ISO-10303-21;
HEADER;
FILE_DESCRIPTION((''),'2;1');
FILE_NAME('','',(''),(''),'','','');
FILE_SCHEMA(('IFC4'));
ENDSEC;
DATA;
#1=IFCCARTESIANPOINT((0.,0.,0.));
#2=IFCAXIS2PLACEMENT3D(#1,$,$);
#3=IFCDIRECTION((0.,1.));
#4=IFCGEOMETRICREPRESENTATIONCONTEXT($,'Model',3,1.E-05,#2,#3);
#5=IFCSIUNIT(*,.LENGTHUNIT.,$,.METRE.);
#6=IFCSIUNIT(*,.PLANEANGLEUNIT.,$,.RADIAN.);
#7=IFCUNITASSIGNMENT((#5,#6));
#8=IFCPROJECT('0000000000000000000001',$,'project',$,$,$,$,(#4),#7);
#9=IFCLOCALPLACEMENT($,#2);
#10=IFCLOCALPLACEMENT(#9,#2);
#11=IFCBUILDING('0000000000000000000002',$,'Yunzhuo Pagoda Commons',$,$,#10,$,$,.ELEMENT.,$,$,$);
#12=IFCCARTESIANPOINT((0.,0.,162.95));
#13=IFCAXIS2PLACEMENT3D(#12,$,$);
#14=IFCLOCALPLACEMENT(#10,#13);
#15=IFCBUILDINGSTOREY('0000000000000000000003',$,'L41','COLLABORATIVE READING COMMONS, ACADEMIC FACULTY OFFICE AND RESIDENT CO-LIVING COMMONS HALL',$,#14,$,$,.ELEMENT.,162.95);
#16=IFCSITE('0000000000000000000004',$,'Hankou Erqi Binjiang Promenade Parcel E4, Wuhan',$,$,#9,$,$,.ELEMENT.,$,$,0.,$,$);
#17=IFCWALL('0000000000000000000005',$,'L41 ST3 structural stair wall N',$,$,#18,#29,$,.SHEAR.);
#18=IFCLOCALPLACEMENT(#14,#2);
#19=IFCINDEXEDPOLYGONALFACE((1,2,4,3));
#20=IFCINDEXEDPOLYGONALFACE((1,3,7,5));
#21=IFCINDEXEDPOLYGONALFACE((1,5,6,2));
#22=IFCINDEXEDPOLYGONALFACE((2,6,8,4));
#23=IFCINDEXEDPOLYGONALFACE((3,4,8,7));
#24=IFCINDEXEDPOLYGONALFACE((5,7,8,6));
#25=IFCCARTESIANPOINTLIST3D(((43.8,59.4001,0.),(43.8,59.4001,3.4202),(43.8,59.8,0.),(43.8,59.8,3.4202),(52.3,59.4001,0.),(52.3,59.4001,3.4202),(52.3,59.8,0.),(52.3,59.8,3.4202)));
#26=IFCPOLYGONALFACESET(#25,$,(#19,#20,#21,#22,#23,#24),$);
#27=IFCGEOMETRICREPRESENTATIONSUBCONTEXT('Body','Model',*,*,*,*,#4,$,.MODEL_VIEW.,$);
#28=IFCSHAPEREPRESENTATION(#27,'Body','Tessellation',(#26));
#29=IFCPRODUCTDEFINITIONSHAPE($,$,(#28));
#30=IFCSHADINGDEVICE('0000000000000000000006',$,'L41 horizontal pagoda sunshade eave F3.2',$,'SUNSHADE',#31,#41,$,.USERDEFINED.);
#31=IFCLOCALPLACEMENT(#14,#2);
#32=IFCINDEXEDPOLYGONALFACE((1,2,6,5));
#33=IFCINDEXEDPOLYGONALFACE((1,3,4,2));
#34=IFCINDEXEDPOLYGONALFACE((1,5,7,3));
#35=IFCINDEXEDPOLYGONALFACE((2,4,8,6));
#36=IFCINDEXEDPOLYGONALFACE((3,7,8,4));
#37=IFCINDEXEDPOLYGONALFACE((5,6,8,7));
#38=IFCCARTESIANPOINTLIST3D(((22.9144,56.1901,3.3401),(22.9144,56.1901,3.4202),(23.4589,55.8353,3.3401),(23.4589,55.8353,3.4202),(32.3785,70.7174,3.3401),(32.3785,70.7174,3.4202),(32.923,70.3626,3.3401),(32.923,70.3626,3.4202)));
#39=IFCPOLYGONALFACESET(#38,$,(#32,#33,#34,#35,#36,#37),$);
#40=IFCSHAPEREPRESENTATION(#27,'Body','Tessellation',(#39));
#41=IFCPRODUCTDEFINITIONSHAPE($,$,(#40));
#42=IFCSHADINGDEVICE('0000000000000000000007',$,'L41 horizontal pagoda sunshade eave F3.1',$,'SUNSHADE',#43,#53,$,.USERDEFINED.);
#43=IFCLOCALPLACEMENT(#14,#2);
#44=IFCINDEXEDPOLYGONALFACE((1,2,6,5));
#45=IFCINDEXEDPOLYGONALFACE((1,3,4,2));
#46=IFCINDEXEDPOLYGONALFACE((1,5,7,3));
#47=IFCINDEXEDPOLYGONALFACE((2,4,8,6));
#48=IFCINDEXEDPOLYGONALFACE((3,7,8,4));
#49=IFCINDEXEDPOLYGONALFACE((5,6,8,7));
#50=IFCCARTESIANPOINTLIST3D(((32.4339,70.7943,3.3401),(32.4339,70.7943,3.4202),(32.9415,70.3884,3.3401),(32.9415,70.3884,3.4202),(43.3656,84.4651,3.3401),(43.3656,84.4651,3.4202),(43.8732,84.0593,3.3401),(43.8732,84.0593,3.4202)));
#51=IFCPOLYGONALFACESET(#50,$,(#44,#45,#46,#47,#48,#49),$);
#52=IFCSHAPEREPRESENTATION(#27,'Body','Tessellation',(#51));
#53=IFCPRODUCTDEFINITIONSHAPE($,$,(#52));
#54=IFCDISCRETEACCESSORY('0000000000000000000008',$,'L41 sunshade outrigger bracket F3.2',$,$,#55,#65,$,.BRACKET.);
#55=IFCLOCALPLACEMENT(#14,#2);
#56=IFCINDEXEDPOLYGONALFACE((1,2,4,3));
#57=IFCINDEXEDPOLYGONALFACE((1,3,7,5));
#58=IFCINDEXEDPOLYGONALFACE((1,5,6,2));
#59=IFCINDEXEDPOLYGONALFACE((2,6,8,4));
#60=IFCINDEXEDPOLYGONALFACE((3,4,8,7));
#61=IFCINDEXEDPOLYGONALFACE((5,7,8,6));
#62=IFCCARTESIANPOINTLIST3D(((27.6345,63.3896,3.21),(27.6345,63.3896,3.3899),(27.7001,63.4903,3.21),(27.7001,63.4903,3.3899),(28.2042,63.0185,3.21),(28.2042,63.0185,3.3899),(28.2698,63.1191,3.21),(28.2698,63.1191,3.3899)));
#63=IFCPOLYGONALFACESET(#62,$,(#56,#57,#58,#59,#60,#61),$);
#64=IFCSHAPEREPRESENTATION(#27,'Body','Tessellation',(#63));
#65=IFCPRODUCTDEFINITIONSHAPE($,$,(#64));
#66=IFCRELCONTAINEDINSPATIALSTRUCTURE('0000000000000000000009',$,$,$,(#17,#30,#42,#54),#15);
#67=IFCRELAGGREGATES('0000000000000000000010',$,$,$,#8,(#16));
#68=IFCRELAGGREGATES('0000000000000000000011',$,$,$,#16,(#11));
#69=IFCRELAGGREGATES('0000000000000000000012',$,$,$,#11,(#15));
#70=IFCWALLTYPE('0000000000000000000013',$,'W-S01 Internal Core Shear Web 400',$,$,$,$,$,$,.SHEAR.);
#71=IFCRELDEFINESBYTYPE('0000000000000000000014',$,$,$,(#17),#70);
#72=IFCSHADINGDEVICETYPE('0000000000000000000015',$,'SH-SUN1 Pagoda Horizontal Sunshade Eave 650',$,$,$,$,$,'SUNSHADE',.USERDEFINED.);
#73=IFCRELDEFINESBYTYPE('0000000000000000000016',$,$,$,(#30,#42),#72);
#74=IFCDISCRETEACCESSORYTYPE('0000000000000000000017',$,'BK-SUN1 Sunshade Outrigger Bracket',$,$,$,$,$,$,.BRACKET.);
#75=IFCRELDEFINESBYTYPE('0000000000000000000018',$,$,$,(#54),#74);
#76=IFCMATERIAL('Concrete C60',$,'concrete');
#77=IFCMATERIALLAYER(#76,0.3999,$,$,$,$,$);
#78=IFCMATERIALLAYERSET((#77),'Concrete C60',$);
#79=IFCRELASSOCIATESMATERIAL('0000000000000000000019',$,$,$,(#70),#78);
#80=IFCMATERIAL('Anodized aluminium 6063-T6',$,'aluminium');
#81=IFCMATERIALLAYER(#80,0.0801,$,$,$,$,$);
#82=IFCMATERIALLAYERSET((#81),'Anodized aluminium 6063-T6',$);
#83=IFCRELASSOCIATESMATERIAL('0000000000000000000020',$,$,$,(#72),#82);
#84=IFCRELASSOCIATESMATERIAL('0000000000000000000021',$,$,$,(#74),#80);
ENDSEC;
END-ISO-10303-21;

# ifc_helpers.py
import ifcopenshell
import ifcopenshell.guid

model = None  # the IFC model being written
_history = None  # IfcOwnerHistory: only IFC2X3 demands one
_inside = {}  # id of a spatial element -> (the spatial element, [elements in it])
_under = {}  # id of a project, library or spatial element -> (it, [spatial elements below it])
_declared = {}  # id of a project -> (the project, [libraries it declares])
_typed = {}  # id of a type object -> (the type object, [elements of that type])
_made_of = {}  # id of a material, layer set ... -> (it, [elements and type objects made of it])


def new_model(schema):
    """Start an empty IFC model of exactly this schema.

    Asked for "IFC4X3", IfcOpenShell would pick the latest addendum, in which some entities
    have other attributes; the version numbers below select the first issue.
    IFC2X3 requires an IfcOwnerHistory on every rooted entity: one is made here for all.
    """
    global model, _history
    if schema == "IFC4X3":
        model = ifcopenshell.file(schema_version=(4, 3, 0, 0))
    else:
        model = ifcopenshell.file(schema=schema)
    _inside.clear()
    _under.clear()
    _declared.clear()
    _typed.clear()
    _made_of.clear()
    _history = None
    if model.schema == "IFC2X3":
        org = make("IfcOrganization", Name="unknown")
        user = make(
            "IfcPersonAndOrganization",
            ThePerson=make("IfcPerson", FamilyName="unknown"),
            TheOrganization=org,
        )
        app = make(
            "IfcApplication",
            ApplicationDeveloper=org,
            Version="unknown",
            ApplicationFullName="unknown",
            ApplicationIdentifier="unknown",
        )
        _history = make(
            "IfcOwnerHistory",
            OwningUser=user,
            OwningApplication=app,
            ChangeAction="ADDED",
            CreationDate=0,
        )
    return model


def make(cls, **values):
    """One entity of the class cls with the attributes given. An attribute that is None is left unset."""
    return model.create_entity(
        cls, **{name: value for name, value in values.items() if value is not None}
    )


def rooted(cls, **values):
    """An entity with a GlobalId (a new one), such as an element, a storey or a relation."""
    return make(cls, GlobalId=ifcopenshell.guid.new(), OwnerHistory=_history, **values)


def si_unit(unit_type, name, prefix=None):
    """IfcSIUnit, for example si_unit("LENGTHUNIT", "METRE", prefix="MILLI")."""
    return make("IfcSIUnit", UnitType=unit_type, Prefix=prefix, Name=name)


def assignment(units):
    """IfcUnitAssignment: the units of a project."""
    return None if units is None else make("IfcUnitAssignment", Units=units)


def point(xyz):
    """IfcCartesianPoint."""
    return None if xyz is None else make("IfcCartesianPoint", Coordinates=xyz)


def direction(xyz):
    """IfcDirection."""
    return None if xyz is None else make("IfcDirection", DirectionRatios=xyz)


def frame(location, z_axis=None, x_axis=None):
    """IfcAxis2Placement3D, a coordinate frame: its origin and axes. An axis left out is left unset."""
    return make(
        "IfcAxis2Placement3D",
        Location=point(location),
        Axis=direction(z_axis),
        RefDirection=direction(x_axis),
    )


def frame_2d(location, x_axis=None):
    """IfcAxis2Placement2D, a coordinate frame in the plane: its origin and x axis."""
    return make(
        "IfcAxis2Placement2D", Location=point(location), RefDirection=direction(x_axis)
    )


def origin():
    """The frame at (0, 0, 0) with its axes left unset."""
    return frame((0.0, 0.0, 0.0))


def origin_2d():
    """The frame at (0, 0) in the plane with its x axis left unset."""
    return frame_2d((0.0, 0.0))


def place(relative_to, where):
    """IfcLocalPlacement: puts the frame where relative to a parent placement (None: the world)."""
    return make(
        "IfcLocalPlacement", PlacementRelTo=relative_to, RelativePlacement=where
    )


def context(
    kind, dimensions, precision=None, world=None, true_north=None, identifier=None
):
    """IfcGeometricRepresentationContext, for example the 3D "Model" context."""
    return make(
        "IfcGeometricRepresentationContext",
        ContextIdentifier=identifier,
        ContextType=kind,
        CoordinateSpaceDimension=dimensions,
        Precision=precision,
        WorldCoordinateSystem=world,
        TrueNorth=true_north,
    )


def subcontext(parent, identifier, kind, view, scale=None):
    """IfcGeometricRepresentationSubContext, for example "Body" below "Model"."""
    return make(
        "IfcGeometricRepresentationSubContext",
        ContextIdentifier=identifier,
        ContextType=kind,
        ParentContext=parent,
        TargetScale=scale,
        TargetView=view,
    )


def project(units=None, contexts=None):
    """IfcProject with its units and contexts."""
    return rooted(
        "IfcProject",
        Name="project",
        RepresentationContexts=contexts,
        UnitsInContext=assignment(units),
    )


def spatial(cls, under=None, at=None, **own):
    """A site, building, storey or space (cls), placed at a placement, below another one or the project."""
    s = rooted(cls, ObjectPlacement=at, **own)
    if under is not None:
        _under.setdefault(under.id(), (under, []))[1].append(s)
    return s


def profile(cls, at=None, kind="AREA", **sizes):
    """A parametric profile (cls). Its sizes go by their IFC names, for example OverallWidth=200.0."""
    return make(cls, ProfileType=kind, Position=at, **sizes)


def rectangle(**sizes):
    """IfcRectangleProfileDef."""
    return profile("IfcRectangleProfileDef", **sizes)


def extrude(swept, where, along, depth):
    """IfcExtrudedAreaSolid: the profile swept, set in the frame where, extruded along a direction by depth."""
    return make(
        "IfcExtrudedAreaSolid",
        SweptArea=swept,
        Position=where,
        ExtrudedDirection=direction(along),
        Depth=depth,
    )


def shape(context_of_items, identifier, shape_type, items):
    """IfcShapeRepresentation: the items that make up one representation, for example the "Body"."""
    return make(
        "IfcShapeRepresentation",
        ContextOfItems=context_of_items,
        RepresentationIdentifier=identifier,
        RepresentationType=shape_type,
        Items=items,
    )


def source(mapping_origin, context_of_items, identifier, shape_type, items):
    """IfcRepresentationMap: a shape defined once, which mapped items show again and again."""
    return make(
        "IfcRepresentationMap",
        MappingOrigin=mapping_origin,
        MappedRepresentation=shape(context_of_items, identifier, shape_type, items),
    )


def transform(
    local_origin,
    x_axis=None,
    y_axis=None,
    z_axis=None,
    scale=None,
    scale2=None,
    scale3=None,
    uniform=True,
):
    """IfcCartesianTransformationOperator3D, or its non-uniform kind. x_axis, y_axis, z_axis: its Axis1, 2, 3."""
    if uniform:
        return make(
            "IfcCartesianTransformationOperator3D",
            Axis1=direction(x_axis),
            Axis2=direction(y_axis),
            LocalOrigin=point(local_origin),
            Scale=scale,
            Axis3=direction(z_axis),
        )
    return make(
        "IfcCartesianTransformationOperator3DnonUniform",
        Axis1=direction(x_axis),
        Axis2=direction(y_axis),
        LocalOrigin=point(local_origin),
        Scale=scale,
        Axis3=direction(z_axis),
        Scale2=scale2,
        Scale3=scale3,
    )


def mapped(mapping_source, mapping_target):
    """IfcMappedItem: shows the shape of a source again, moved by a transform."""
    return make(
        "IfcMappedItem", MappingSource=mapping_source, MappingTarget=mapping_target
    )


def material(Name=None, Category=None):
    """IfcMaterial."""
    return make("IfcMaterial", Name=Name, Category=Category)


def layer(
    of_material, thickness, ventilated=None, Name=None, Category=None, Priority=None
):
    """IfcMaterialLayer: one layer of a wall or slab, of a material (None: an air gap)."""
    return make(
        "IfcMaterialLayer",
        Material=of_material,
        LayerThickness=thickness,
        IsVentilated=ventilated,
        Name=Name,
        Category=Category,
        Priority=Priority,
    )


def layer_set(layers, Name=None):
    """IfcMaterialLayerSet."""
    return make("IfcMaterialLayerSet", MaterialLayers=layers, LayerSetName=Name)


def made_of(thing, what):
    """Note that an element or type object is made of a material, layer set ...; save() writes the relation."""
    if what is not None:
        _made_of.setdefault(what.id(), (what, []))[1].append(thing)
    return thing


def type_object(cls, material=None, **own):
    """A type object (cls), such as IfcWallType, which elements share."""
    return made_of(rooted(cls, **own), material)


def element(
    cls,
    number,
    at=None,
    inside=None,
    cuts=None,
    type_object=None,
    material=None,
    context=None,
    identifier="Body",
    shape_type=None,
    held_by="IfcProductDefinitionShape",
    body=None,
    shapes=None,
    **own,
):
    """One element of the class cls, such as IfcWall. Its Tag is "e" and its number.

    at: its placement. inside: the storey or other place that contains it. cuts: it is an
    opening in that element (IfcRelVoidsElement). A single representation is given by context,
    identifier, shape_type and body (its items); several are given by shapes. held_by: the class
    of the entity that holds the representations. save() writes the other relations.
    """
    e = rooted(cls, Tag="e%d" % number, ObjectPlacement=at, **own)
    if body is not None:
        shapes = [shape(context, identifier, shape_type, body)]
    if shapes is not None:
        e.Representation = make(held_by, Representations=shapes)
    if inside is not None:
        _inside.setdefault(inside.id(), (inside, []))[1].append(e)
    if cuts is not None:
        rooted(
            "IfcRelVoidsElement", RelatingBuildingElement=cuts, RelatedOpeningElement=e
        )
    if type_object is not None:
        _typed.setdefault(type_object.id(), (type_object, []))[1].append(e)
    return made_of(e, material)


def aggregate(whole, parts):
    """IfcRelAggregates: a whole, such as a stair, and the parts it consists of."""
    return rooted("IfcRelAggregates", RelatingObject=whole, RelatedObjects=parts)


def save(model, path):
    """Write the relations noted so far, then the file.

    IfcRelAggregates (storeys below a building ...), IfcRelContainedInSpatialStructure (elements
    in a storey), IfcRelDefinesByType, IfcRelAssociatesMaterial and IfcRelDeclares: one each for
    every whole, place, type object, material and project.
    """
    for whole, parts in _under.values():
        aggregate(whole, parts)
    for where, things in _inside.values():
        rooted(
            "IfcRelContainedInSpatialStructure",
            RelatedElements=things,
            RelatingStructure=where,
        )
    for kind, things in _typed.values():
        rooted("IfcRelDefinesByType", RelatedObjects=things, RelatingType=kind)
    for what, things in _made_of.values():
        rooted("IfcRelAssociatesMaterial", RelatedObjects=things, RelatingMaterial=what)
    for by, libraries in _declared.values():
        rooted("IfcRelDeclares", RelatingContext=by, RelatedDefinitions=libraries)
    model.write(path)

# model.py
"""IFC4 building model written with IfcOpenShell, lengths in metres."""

from ifc_helpers import new_model, si_unit, direction, frame, frame_2d, origin, origin_2d, place, context, subcontext, project, spatial, rectangle, extrude, source, transform, mapped, material, layer, layer_set, type_object, element, save


model = new_model("IFC4")

# Units and contexts
model_context = context("Model", 3, precision=1e-05, world=origin(), true_north=direction((0.0, 1.0)))
body_context = subcontext(model_context, "Body", "Model", "MODEL_VIEW")
ifc_project = project(units=[si_unit("LENGTHUNIT", "METRE"), si_unit("PLANEANGLEUNIT", "RADIAN")], contexts=[model_context])

# Site, building, storey
site_placement = place(None, origin())
site = spatial("IfcSite", under=ifc_project, at=site_placement, Name="Hankou Erqi Binjiang Promenade Parcel E4, Wuhan", CompositionType="ELEMENT", RefElevation=0.0)
building_placement = place(site_placement, origin())
building = spatial("IfcBuilding", under=site, at=building_placement, Name="Yunzhuo Pagoda Commons", CompositionType="ELEMENT")
storey_placement = place(building_placement, frame((0.0, 0.0, 162.95)))
storey = spatial("IfcBuildingStorey", under=building, at=storey_placement, Name="L41", Description="COLLABORATIVE READING COMMONS, ACADEMIC FACULTY OFFICE AND RESIDENT CO-LIVING COMMONS HALL", CompositionType="ELEMENT", Elevation=162.95)

# Shared definitions
ifc_material_1 = material(Name="Anodized aluminium 6063-T6", Category="aluminium")

# Wall
ifc_material_2 = material(Name="Concrete C60", Category="concrete")
ifc_layer_1 = layer(ifc_material_2, 0.3999)
ifc_layer_set_1 = layer_set([ifc_layer_1], Name="Concrete C60")
wall_type = type_object("IfcWallType", Name="W-S01 Internal Core Shear Web 400", PredefinedType="SHEAR", material=ifc_layer_set_1)
wall_placement = place(storey_placement, frame((43.8, 59.6001, 0.0), z_axis=(0.0, 0.0, 1.0), x_axis=(1.0, 0.0, 0.0)))
element("IfcWall", 1, at=wall_placement, inside=storey, type_object=wall_type, Name="L41 ST3 structural stair wall N", PredefinedType="SHEAR", context=body_context, shape_type="SweptSolid", body=[
    extrude(rectangle(XDim=8.5, YDim=0.3999, at=frame_2d((4.25, 0.0))), origin(), (0.0, 0.0, 1.0), 3.4202),
])

# Shading devices
ifc_layer_2 = layer(ifc_material_1, 0.0801)
ifc_layer_set_2 = layer_set([ifc_layer_2], Name="Anodized aluminium 6063-T6")
shading_device_type = type_object("IfcShadingDeviceType", Name="SH-SUN1 Pagoda Horizontal Sunshade Eave 650", ElementType="SUNSHADE", PredefinedType="USERDEFINED", material=ifc_layer_set_2)
shared_shape_1 = source(origin(), body_context, "Body", "SweptSolid", [
    extrude(rectangle(XDim=17.3381, YDim=0.6499, at=origin_2d()), origin(), (0.0, 0.0, 1.0), 0.0801),
])
shading_device_1_placement = place(storey_placement, frame((27.9187, 63.2764, 3.3401), z_axis=(0.0, 0.0, 1.0), x_axis=(-0.545853, -0.837881, 0.0)))
element("IfcShadingDevice", 2, at=shading_device_1_placement, inside=storey, type_object=shading_device_type, Name="L41 horizontal pagoda sunshade eave F3.2", ObjectType="SUNSHADE", PredefinedType="USERDEFINED", context=body_context, shape_type="MappedRepresentation", body=[
    mapped(shared_shape_1, transform((0.0, 0.0, 0.0), scale=1.0)),
])
shared_shape_2 = source(origin(), body_context, "Body", "SweptSolid", [
    extrude(rectangle(XDim=17.5042, YDim=0.6499, at=origin_2d()), origin(), (0.0, 0.0, 1.0), 0.0801),
])
shading_device_2_placement = place(storey_placement, frame((38.1536, 77.4268, 3.3401), z_axis=(0.0, 0.0, 1.0), x_axis=(-0.62452, -0.781008, 0.0)))
element("IfcShadingDevice", 3, at=shading_device_2_placement, inside=storey, type_object=shading_device_type, Name="L41 horizontal pagoda sunshade eave F3.1", ObjectType="SUNSHADE", PredefinedType="USERDEFINED", context=body_context, shape_type="MappedRepresentation", body=[
    mapped(shared_shape_2, transform((0.0, 0.0, 0.0), scale=1.0)),
])

# Discrete accessory
discrete_accessory_type = type_object("IfcDiscreteAccessoryType", Name="BK-SUN1 Sunshade Outrigger Bracket", PredefinedType="BRACKET", material=ifc_material_1)
shared_shape_3 = source(origin(), body_context, "Body", "SweptSolid", [
    extrude(rectangle(XDim=0.1201, YDim=0.6799, at=origin_2d()), origin(), (0.0, 0.0, 1.0), 0.1799),
])
discrete_accessory_placement = place(storey_placement, frame((27.9521, 63.2544, 3.21), z_axis=(0.0, 0.0, 1.0), x_axis=(-0.545853, -0.837881, 0.0)))
element("IfcDiscreteAccessory", 4, at=discrete_accessory_placement, inside=storey, type_object=discrete_accessory_type, Name="L41 sunshade outrigger bracket F3.2", PredefinedType="BRACKET", context=body_context, shape_type="MappedRepresentation", body=[
    mapped(shared_shape_3, transform((0.0, 0.0, 0.0), scale=1.0)),
])

save(model, "model.ifc")
